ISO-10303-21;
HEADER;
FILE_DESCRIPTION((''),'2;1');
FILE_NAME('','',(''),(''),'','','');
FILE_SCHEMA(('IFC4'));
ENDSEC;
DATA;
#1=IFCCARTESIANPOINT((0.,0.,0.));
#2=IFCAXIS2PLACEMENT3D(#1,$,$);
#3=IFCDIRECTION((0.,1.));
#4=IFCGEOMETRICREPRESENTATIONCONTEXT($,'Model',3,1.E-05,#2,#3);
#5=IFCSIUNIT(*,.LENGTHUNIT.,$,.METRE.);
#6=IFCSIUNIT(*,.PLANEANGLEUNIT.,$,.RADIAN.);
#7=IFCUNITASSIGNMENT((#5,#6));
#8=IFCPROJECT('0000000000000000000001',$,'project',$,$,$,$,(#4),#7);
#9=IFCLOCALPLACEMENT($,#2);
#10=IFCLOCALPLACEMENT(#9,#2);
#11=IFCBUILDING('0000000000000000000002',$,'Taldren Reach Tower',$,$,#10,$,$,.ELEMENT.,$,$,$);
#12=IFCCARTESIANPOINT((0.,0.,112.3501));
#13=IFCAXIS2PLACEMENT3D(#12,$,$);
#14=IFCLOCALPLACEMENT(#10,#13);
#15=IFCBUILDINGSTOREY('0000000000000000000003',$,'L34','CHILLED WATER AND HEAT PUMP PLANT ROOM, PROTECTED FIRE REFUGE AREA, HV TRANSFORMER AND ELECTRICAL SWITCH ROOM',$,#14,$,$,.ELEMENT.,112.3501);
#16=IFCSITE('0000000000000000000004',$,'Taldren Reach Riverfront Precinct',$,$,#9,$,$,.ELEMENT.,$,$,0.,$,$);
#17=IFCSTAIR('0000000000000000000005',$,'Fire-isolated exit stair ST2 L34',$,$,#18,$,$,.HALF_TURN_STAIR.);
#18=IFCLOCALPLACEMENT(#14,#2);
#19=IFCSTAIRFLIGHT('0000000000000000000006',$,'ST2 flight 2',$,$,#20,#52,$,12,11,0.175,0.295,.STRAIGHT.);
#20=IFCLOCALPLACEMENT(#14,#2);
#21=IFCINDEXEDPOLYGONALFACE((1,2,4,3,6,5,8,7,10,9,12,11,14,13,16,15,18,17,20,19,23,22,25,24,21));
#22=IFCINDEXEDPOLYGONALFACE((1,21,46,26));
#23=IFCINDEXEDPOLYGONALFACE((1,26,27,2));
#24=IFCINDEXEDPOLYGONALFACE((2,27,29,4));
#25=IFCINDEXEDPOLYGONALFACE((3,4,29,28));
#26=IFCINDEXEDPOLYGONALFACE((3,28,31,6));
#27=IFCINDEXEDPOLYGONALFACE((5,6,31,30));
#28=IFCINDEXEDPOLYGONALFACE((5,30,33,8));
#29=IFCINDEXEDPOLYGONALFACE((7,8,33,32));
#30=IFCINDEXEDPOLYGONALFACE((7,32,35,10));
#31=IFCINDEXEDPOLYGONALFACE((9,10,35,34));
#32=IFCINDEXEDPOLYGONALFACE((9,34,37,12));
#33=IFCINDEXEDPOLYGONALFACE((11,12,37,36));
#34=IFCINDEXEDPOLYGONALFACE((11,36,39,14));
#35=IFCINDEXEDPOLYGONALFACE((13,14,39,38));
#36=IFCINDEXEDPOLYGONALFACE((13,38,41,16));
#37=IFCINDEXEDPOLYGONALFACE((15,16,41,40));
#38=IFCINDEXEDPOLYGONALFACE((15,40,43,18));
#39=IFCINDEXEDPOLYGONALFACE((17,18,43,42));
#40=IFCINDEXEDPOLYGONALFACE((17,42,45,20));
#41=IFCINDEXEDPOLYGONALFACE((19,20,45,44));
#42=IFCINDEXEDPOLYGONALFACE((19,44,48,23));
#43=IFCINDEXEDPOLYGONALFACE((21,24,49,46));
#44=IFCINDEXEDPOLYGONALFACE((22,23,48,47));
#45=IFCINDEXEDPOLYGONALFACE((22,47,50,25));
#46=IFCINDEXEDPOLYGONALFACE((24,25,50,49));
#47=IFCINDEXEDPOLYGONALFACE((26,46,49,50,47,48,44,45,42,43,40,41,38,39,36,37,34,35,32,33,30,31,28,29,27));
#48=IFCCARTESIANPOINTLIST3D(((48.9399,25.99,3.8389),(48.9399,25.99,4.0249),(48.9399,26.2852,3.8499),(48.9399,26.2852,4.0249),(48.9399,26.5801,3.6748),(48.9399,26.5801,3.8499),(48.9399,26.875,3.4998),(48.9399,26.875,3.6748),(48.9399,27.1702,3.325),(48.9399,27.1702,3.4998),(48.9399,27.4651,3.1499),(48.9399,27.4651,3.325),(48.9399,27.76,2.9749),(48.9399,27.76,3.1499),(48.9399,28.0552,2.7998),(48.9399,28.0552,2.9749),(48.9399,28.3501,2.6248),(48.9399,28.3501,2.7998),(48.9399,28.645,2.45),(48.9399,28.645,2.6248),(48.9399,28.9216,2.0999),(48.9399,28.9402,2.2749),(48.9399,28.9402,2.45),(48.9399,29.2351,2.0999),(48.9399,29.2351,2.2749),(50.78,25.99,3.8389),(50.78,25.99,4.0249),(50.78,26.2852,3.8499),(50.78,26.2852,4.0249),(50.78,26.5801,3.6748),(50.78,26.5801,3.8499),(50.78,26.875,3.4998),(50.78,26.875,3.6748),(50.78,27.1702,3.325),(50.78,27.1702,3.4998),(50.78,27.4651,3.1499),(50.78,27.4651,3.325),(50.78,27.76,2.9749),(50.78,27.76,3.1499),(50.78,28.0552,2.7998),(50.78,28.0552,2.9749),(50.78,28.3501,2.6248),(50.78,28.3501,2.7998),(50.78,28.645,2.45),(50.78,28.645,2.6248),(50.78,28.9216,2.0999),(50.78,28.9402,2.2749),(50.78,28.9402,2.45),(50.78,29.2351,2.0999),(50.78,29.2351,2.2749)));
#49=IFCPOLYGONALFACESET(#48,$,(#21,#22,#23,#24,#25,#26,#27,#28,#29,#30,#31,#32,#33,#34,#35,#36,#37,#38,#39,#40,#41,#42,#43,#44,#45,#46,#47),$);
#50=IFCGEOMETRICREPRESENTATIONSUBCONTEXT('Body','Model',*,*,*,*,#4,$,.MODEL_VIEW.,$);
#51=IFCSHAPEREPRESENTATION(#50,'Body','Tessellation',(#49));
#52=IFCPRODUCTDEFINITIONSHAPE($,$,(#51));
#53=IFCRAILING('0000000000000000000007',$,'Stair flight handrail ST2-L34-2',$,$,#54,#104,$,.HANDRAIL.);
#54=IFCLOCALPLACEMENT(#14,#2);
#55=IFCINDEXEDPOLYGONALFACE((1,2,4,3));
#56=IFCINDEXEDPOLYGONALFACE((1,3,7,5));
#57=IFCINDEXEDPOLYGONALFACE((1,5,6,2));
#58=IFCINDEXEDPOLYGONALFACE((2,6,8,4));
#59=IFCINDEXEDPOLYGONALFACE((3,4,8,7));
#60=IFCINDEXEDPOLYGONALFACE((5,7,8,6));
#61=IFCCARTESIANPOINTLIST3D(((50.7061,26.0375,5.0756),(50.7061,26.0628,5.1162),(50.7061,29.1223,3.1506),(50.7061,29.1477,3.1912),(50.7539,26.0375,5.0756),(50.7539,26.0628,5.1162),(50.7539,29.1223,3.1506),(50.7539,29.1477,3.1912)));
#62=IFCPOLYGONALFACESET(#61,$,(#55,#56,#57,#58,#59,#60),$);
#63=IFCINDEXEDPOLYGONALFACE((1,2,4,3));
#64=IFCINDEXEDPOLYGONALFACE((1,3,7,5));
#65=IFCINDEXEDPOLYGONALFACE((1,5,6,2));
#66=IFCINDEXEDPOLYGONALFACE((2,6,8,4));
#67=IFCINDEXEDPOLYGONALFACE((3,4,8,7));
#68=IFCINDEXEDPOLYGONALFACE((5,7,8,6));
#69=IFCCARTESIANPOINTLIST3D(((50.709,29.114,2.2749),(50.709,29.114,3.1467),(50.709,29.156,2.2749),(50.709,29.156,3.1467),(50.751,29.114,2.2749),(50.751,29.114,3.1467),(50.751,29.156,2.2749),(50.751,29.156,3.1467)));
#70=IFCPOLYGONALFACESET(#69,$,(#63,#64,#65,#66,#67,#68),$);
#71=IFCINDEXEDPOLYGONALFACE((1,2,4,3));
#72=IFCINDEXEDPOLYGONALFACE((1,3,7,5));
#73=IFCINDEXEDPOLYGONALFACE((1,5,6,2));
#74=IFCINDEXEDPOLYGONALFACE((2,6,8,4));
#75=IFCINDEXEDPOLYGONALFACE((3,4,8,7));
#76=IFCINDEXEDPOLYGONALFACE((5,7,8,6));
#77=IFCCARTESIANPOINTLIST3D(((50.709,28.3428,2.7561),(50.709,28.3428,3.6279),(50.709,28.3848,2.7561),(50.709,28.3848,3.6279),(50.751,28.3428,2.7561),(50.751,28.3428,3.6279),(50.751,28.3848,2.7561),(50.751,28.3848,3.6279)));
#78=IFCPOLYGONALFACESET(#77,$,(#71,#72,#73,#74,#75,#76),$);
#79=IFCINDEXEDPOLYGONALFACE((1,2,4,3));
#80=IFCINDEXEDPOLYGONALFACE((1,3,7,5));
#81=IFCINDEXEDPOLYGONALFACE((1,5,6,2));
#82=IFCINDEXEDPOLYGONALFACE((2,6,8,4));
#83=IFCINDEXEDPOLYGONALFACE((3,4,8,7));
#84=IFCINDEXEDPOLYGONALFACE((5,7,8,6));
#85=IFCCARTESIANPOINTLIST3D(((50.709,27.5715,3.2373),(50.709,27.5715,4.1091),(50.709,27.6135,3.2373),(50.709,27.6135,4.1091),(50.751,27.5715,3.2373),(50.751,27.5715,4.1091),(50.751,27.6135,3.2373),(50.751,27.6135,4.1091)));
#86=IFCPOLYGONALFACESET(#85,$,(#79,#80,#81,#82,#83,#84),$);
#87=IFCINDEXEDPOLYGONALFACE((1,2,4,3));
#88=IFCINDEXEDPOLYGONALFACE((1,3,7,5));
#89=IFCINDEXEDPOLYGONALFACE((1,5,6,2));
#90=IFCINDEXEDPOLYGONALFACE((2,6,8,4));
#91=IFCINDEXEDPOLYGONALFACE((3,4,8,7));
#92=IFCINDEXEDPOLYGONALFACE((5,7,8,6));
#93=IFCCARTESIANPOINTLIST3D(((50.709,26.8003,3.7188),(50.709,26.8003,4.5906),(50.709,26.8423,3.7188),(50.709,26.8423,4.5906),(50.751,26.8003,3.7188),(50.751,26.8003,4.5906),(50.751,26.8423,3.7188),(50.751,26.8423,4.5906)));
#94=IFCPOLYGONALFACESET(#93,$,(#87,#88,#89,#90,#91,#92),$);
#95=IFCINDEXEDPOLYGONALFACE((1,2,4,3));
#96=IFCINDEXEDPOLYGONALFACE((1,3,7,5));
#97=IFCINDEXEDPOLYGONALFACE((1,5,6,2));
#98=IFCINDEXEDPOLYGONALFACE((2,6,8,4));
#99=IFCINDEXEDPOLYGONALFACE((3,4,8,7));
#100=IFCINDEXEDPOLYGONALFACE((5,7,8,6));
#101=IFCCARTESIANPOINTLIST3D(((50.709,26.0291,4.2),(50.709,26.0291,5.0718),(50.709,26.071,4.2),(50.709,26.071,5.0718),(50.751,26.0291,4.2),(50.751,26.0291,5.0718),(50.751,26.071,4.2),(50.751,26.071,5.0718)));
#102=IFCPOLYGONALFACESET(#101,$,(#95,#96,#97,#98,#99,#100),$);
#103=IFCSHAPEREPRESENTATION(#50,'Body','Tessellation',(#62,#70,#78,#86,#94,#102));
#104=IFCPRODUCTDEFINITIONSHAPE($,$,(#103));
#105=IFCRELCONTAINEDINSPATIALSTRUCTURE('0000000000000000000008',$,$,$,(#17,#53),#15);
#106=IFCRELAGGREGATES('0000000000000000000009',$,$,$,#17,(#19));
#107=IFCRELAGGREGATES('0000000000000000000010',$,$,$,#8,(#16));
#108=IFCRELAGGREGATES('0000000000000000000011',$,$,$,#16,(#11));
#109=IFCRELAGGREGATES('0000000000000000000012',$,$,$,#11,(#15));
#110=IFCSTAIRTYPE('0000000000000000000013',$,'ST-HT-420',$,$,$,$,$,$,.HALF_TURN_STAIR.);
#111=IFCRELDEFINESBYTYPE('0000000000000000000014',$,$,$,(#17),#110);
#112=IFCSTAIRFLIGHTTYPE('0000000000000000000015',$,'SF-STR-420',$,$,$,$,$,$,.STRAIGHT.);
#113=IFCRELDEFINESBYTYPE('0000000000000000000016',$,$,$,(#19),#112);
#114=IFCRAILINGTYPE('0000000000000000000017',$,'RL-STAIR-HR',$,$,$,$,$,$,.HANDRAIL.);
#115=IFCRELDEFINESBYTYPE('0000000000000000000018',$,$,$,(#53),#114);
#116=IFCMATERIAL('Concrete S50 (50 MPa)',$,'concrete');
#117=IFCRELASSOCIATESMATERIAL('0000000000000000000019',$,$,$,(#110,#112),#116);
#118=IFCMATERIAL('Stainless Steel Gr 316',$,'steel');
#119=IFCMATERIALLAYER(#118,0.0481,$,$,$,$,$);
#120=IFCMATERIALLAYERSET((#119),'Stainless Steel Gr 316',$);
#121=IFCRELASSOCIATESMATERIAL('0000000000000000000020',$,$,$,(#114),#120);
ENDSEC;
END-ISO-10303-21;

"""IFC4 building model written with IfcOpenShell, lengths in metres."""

from ifc_helpers import new_model, si_unit, direction, frame, origin, origin_2d, place, context, subcontext, project, spatial, polyline, rectangle, outline, extrude, material, layer, layer_set, type_object, element, aggregate, save


model = new_model("IFC4")

# Units and contexts
model_context = context("Model", 3, precision=1e-05, world=origin(), true_north=direction((0.0, 1.0)))
body_context = subcontext(model_context, "Body", "Model", "MODEL_VIEW")
ifc_project = project(units=[si_unit("LENGTHUNIT", "METRE"), si_unit("PLANEANGLEUNIT", "RADIAN")], contexts=[model_context])

# Site, building, storey
site_placement = place(None, origin())
site = spatial("IfcSite", under=ifc_project, at=site_placement, Name="Taldren Reach Riverfront Precinct", CompositionType="ELEMENT", RefElevation=0.0)
building_placement = place(site_placement, origin())
building = spatial("IfcBuilding", under=site, at=building_placement, Name="Taldren Reach Tower", CompositionType="ELEMENT")
storey_placement = place(building_placement, frame((0.0, 0.0, 112.3501)))
storey = spatial("IfcBuildingStorey", under=building, at=storey_placement, Name="L34", Description="CHILLED WATER AND HEAT PUMP PLANT ROOM, PROTECTED FIRE REFUGE AREA, HV TRANSFORMER AND ELECTRICAL SWITCH ROOM", CompositionType="ELEMENT", Elevation=112.3501)

# Stair, stair flight
ifc_material_1 = material(Name="Concrete S50 (50 MPa)", Category="concrete")
stair_type = type_object("IfcStairType", Name="ST-HT-420", PredefinedType="HALF_TURN_STAIR", material=ifc_material_1)
stair_placement = place(storey_placement, origin())
stair = element("IfcStair", 1, at=stair_placement, inside=storey, type_object=stair_type, Name="Fire-isolated exit stair ST2 L34", PredefinedType="HALF_TURN_STAIR")
stair_flight_type = type_object("IfcStairFlightType", Name="SF-STR-420", PredefinedType="STRAIGHT", material=ifc_material_1)
stair_flight_placement = place(storey_placement, frame((49.8601, 29.2351, 2.0999), z_axis=(0.0, 0.0, 1.0), x_axis=(0.0, -1.0, 0.0)))
stair_flight = element("IfcStairFlight", 2, at=stair_flight_placement, type_object=stair_flight_type, Name="ST2 flight 2", NumberOfRisers=12, NumberOfTreads=11, PredefinedType="STRAIGHT", RiserHeight=0.175, TreadLength=0.295, context=body_context, shape_type="SweptSolid", body=[
    extrude(outline(polyline([(0.0, 0.0), (0.0, 0.175), (0.2949, 0.175), (0.2949, 0.3501), (0.5901, 0.3501), (0.5901, 0.5249), (0.885, 0.5249), (0.885, 0.7), (1.1799, 0.7), (1.1799, 0.875), (1.4751, 0.875), (1.4751, 1.05), (1.77, 1.05), (1.77, 1.2251), (2.0649, 1.2251), (2.0649, 1.3999), (2.3601, 1.3999), (2.3601, 1.575), (2.655, 1.575), (2.655, 1.75), (2.95, 1.75), (2.95, 1.925), (3.2451, 1.925), (3.2451, 2.1001), (3.2451, 1.739), (0.3135, 0.0), (0.0, 0.0)])), frame((0.0, 0.9199, 0.0), z_axis=(0.0, -1.0, 0.0), x_axis=(1.0, 0.0, 0.0)), (0.0, 0.0, 1.0), 1.8401),
])
aggregate(stair, [stair_flight])

# Railing
ifc_material_2 = material(Name="Stainless Steel Gr 316", Category="steel")
ifc_layer_1 = layer(ifc_material_2, 0.0481)
ifc_layer_set_1 = layer_set([ifc_layer_1], Name="Stainless Steel Gr 316")
railing_type = type_object("IfcRailingType", Name="RL-STAIR-HR", PredefinedType="HANDRAIL", material=ifc_layer_set_1)
railing_placement = place(storey_placement, frame((50.73, 29.135, 2.2749)))
element("IfcRailing", 3, at=railing_placement, inside=storey, type_object=railing_type, Name="Stair flight handrail ST2-L34-2", PredefinedType="HANDRAIL", context=body_context, shape_type="SweptSolid", body=[
    extrude(rectangle(XDim=0.0479, YDim=0.0479, at=origin_2d()), frame((0.0, 0.0, 0.896), z_axis=(0.0, -0.848375, 0.529395), x_axis=(1.0, 0.0, 0.0)), (0.0, 0.0, 1.0), 3.6362),
    extrude(rectangle(XDim=0.042, YDim=0.042, at=origin_2d()), origin(), (0.0, 0.0, 1.0), 0.8718),
    extrude(rectangle(XDim=0.042, YDim=0.042, at=origin_2d()), frame((0.0, -0.7712, 0.4812)), (0.0, 0.0, 1.0), 0.8718),
    extrude(rectangle(XDim=0.042, YDim=0.042, at=origin_2d()), frame((0.0, -1.5425, 0.9624)), (0.0, 0.0, 1.0), 0.8718),
    extrude(rectangle(XDim=0.042, YDim=0.042, at=origin_2d()), frame((0.0, -2.3137, 1.4438)), (0.0, 0.0, 1.0), 0.8718),
    extrude(rectangle(XDim=0.042, YDim=0.042, at=origin_2d()), frame((0.0, -3.085, 1.925)), (0.0, 0.0, 1.0), 0.8718),
])

save(model, "model.ifc")
